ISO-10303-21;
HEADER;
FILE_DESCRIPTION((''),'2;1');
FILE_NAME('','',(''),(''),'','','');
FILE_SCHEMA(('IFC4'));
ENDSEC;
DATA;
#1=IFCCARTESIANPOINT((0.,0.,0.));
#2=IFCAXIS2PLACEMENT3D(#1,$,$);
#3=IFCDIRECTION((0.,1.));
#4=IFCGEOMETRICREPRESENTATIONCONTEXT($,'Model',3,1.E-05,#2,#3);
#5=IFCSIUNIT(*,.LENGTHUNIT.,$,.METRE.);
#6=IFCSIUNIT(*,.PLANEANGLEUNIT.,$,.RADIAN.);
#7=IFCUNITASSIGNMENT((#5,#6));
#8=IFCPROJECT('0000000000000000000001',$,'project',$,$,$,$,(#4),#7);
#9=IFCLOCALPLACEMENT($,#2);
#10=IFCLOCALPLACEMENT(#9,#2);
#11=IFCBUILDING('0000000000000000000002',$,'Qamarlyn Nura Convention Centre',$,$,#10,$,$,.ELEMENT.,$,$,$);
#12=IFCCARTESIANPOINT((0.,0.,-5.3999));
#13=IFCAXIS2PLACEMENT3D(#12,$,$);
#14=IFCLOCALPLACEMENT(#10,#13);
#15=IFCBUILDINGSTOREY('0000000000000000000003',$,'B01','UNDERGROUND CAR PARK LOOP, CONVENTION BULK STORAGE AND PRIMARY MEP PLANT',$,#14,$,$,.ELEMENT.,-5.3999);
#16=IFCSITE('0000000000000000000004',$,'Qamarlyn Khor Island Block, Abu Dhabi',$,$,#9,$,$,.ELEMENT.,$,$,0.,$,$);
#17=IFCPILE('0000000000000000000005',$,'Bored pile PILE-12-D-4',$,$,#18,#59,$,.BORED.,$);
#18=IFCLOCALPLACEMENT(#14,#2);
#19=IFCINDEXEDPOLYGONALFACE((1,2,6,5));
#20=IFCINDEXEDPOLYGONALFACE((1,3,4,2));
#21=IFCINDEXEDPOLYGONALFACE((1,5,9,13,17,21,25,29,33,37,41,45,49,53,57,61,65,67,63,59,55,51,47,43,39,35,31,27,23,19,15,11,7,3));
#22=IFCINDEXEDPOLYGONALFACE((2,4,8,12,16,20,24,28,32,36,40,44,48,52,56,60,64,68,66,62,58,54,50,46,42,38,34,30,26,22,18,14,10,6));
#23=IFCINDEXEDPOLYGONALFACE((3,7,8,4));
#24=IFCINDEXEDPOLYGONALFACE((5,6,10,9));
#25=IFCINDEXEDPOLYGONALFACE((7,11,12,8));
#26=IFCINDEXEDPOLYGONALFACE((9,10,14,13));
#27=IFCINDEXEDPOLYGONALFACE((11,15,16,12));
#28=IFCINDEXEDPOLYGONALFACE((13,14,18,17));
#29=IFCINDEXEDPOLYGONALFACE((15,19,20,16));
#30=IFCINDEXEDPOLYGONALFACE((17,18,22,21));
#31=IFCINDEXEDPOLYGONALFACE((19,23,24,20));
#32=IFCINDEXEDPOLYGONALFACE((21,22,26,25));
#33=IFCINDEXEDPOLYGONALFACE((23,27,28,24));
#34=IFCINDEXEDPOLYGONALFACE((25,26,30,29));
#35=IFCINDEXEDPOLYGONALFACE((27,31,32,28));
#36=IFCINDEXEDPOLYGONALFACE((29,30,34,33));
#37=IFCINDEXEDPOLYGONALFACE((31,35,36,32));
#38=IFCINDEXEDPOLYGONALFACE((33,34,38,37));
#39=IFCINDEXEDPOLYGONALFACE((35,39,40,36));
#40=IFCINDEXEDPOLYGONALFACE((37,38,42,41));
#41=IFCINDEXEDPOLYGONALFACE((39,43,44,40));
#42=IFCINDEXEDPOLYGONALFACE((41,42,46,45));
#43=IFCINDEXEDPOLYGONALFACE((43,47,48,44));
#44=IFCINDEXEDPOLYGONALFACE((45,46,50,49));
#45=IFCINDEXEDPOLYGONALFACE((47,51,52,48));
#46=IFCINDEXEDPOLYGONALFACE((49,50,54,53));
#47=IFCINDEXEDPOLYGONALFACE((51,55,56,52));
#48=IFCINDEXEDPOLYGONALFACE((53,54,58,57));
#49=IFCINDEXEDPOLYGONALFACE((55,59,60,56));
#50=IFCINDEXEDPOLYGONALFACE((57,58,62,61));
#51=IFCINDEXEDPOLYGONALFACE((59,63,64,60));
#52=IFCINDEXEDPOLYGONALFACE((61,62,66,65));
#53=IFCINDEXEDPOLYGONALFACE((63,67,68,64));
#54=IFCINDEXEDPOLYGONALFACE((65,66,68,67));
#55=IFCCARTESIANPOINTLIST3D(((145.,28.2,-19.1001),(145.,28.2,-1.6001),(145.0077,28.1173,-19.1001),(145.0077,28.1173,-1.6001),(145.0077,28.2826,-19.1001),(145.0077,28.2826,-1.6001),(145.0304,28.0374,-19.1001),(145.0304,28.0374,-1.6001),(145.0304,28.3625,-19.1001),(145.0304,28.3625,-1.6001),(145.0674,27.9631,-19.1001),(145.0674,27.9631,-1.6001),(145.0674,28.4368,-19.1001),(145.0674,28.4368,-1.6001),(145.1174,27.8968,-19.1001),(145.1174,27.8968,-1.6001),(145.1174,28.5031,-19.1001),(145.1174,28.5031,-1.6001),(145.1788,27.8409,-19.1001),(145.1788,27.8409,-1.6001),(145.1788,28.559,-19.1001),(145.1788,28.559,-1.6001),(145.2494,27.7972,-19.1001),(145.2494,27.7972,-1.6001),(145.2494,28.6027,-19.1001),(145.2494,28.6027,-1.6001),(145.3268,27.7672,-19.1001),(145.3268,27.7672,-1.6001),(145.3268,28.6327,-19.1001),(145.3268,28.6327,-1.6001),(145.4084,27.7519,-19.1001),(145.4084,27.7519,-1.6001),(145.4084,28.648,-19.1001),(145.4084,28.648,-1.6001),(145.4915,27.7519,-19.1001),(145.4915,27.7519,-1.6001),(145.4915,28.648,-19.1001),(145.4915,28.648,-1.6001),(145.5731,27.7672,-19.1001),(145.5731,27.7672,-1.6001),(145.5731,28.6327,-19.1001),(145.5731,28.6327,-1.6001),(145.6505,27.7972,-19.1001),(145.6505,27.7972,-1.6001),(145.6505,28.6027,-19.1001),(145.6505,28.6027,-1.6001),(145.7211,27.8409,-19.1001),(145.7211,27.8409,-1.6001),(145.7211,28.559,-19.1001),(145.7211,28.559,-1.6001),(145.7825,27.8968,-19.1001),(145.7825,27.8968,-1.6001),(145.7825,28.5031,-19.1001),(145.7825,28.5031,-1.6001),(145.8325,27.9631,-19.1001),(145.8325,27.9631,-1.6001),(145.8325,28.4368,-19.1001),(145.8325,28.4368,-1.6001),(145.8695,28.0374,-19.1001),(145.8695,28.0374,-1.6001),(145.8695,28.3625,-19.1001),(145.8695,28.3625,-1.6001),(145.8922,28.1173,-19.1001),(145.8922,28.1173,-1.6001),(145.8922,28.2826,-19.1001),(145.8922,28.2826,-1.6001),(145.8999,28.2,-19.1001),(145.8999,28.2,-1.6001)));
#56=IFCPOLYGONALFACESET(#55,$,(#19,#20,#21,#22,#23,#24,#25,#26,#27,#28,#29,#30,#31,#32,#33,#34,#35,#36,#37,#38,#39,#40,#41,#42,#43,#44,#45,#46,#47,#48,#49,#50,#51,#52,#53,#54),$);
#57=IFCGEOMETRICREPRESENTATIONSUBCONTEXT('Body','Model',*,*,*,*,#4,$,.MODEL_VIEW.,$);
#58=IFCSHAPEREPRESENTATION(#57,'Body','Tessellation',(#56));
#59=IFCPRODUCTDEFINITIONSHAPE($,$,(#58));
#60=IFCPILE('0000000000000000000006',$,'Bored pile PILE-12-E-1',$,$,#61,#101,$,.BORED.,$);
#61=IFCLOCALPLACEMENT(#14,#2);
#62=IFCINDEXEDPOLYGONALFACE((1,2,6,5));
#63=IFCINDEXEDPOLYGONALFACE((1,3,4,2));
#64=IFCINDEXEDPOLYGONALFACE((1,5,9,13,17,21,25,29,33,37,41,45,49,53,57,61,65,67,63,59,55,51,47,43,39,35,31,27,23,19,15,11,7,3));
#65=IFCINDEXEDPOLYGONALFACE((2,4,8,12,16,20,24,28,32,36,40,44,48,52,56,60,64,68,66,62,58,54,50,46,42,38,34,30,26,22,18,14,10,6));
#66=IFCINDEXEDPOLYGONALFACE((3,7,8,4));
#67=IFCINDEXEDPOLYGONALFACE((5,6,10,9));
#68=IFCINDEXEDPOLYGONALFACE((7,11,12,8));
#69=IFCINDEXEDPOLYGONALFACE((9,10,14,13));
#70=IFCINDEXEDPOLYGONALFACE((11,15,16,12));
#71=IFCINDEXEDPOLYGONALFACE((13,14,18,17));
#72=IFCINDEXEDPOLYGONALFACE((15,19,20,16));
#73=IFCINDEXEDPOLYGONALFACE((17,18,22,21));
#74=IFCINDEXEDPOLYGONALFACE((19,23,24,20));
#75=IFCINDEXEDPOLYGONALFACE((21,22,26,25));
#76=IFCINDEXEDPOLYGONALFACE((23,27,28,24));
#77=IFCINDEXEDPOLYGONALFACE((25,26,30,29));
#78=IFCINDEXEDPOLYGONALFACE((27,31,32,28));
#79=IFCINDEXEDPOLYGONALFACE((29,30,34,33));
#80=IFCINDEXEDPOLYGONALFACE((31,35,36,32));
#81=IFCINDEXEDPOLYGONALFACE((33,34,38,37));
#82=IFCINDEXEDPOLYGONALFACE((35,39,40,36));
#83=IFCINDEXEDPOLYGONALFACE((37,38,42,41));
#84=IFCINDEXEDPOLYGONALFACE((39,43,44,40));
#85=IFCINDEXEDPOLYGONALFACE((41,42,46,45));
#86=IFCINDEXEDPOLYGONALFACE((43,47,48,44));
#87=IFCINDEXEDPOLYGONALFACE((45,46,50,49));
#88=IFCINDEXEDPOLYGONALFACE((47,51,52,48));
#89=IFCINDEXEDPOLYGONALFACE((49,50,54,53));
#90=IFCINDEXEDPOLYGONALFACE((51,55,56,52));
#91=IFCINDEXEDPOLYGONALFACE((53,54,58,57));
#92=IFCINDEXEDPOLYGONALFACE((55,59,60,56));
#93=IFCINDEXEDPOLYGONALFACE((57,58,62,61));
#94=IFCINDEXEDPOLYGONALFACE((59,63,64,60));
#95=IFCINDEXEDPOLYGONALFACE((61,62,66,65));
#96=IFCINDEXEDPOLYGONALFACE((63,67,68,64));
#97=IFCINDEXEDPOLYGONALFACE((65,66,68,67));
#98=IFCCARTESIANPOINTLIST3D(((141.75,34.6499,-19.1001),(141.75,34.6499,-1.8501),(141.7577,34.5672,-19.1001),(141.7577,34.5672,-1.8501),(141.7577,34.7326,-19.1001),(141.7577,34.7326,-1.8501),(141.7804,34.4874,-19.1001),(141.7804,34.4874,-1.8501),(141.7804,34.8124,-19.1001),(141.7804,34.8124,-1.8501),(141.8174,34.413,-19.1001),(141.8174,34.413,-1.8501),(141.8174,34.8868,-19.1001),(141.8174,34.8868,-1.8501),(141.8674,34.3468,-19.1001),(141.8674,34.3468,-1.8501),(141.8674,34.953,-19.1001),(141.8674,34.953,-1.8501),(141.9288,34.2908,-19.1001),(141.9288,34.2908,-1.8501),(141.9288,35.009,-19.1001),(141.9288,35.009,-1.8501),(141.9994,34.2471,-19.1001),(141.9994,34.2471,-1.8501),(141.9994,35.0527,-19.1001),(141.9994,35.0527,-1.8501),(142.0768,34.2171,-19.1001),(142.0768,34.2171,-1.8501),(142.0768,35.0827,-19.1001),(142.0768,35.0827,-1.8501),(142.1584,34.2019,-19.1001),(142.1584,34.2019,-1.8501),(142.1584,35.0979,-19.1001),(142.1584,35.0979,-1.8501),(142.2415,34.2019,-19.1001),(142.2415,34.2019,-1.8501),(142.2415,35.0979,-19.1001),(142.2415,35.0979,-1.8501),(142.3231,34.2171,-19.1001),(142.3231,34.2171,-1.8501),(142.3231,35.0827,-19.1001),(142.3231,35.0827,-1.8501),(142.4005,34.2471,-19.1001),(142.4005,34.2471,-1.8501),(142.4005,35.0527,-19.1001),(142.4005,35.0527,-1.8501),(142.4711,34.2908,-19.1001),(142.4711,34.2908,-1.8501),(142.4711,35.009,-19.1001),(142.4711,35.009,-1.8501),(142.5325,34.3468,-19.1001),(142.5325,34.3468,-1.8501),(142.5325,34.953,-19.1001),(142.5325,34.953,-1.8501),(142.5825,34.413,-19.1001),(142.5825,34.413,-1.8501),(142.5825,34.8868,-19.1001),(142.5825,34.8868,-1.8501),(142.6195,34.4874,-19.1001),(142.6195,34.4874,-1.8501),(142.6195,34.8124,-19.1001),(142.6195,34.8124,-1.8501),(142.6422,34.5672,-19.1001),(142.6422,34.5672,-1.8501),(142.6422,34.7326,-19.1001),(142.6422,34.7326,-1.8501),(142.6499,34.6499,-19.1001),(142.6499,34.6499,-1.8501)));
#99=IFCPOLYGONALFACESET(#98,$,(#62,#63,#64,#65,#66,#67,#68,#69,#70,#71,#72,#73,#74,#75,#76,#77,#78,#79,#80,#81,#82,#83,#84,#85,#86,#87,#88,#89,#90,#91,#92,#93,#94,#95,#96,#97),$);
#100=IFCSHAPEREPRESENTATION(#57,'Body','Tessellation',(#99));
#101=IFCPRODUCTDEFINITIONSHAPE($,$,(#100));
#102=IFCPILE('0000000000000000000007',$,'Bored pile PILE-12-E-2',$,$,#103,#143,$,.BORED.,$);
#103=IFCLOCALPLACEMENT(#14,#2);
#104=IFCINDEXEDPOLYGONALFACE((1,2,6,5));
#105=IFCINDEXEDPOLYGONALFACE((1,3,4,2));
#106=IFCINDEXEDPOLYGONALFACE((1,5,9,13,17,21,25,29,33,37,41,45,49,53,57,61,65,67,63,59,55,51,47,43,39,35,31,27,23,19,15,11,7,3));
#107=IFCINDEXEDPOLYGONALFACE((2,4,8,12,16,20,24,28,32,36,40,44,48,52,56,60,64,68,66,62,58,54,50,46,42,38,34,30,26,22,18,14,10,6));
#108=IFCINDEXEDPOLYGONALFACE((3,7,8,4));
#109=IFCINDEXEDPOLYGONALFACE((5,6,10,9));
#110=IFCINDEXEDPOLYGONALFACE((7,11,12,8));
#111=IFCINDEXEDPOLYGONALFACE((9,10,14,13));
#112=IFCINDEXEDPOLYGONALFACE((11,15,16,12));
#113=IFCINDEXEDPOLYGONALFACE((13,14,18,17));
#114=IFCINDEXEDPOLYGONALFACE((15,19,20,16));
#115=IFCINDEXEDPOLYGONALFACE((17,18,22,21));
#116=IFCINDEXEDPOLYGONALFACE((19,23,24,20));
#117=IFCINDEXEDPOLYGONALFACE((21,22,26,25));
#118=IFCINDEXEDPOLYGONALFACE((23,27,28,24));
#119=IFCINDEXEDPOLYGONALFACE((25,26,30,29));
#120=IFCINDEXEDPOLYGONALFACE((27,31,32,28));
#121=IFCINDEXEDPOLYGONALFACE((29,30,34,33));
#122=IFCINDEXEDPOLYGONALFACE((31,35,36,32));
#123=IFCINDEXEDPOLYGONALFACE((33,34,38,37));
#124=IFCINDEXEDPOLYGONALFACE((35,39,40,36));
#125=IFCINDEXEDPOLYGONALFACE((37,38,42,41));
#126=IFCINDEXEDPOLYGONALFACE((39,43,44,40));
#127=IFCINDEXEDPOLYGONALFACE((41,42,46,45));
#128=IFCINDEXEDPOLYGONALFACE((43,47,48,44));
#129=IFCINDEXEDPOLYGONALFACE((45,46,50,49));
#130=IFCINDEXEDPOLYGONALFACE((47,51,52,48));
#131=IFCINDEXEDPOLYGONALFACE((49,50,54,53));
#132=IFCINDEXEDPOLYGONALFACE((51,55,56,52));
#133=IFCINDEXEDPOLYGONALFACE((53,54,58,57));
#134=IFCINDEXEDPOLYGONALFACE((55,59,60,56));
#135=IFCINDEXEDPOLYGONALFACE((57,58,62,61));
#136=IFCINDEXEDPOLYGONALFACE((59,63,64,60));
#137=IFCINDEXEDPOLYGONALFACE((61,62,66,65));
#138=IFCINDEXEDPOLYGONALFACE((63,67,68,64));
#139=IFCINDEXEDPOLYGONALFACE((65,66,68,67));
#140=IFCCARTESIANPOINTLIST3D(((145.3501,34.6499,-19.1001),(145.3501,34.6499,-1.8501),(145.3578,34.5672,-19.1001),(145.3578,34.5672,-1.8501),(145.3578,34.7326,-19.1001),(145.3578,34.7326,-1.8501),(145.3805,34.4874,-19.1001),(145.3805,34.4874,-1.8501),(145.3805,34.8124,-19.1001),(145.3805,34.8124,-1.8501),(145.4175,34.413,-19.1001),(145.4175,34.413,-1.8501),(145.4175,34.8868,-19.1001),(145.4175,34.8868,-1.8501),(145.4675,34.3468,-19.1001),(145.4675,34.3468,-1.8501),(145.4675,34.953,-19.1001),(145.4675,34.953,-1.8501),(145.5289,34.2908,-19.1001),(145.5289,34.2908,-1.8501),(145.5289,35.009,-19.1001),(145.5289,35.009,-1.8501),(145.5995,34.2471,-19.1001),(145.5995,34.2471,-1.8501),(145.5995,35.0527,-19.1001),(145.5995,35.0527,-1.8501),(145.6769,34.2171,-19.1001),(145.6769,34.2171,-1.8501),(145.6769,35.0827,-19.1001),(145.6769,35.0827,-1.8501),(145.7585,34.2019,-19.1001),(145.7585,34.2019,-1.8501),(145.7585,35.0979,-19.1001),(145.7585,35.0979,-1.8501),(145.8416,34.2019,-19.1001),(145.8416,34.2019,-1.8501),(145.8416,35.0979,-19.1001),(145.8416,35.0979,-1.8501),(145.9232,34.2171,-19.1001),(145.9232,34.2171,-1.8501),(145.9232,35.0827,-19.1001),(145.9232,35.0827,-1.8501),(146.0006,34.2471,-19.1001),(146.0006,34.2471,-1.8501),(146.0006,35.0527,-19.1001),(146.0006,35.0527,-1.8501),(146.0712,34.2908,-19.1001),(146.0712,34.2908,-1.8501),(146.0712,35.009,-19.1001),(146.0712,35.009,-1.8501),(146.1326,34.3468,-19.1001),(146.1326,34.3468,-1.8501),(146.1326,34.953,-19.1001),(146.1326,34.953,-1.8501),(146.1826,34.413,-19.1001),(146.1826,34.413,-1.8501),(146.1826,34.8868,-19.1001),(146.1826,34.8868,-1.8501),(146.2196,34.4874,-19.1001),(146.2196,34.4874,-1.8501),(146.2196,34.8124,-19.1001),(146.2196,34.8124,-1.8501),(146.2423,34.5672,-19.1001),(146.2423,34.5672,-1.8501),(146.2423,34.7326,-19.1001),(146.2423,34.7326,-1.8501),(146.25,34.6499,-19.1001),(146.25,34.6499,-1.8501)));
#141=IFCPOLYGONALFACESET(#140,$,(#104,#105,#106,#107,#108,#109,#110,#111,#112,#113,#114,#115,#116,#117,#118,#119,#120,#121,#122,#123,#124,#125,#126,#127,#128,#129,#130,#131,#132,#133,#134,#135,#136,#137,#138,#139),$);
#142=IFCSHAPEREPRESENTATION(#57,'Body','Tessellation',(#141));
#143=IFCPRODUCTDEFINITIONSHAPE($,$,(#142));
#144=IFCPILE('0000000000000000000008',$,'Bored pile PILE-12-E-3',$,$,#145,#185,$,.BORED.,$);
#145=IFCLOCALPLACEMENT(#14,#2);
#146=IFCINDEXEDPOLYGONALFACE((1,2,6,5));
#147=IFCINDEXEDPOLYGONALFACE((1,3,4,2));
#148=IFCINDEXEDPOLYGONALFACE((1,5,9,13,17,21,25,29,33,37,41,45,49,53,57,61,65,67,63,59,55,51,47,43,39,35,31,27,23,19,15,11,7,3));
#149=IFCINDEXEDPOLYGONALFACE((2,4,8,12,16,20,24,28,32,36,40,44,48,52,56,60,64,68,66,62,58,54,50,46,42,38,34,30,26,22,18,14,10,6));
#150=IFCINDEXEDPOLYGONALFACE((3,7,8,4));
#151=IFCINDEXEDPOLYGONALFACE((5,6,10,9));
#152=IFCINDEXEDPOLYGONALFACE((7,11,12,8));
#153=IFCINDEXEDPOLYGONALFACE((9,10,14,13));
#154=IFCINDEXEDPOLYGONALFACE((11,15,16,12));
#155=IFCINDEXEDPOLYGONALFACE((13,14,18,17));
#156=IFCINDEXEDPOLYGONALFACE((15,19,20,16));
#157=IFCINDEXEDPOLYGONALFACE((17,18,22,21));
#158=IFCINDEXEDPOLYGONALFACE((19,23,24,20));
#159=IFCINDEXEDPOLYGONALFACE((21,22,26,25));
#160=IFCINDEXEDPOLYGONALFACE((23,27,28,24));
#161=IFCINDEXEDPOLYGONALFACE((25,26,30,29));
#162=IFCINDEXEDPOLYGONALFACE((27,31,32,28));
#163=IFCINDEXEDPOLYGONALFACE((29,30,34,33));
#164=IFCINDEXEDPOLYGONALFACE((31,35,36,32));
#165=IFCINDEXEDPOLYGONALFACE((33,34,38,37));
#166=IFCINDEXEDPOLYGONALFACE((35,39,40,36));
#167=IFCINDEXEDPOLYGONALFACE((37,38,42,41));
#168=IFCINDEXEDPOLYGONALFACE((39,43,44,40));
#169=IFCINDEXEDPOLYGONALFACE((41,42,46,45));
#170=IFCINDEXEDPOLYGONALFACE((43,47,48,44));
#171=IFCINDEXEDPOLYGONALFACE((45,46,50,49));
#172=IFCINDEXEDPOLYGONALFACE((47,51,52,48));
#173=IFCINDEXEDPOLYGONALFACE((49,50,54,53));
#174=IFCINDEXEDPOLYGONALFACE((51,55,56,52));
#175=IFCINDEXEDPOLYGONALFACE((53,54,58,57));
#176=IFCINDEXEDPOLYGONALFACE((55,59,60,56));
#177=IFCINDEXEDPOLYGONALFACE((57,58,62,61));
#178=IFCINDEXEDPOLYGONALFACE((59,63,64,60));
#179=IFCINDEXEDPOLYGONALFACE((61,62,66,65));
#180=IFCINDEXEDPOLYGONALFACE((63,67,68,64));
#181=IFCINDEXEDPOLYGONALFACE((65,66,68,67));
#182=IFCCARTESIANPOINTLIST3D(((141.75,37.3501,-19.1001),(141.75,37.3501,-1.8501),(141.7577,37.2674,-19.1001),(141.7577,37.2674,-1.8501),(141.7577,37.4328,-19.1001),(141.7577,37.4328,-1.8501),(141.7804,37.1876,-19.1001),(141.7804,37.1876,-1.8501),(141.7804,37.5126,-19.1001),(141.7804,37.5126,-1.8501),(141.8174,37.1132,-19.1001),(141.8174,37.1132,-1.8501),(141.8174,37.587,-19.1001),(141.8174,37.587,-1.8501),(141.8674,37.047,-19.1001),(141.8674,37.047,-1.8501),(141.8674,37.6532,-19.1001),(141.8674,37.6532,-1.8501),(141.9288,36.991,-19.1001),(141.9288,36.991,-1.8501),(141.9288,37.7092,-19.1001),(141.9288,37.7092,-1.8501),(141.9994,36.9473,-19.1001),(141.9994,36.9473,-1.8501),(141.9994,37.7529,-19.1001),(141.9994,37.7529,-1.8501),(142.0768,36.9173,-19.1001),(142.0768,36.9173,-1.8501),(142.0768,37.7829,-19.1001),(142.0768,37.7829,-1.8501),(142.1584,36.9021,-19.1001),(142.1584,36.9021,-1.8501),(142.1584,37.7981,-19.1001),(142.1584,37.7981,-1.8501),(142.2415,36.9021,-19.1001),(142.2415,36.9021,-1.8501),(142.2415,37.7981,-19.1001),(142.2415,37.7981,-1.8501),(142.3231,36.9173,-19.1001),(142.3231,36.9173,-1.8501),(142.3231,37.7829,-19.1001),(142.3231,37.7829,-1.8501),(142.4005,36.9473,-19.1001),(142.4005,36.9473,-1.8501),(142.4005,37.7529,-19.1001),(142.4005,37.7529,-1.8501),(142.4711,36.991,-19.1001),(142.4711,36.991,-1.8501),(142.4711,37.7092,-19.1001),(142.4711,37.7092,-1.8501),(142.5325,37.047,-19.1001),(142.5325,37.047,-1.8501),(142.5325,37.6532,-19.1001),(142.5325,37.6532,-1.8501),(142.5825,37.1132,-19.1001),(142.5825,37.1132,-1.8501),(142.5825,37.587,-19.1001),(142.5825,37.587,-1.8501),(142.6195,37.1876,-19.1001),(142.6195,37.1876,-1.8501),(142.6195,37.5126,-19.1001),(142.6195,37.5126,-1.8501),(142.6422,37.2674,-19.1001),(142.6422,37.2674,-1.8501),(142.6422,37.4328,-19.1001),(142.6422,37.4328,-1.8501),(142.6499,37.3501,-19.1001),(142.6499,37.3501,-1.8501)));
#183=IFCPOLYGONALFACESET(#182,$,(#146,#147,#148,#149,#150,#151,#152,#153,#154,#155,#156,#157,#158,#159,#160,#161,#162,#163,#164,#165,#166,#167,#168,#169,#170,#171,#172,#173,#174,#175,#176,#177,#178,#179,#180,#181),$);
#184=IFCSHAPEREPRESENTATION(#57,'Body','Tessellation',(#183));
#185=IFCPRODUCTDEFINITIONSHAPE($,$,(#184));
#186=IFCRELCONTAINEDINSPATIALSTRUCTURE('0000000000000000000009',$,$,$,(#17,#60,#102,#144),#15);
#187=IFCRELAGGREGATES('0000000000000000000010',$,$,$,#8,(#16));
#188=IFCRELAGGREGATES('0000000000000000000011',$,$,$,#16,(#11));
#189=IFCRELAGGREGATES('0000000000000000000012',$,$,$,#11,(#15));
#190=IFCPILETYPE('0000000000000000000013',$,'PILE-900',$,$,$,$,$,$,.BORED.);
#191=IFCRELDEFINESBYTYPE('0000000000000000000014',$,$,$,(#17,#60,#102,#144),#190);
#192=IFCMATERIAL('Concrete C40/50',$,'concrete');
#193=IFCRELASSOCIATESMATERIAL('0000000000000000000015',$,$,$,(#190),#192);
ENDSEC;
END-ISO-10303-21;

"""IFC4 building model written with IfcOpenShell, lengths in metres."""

from ifc_helpers import new_model, si_unit, direction, frame, origin, origin_2d, place, context, subcontext, project, spatial, circle, extrude, material, material_profile, profile_set, type_object, element, save


model = new_model("IFC4")

# Units and contexts
model_context = context("Model", 3, precision=1e-05, world=origin(), true_north=direction((0.0, 1.0)))
body_context = subcontext(model_context, "Body", "Model", "MODEL_VIEW")
ifc_project = project(units=[si_unit("LENGTHUNIT", "METRE"), si_unit("PLANEANGLEUNIT", "RADIAN")], contexts=[model_context])

# Site, building, storey
site_placement = place(None, origin())
site = spatial("IfcSite", under=ifc_project, at=site_placement, Name="Qamarlyn Khor Island Block, Abu Dhabi", CompositionType="ELEMENT", RefElevation=0.0)
building_placement = place(site_placement, origin())
building = spatial("IfcBuilding", under=site, at=building_placement, Name="Qamarlyn Nura Convention Centre", CompositionType="ELEMENT")
storey_placement = place(building_placement, frame((0.0, 0.0, -5.3999)))
storey = spatial("IfcBuildingStorey", under=building, at=storey_placement, Name="B01", Description="UNDERGROUND CAR PARK LOOP, CONVENTION BULK STORAGE AND PRIMARY MEP PLANT", CompositionType="ELEMENT", Elevation=-5.3999)

# Shared definitions
ifc_material_1 = material(Name="Concrete C40/50", Category="concrete")

# Piles
ifc_material_profile_1 = material_profile(ifc_material_1, circle(Radius=0.45, at=origin_2d()), Name="BORED PILE 900")
ifc_profile_set_1 = profile_set([ifc_material_profile_1], Name="Concrete C40/50")
pile_type = type_object("IfcPileType", Name="PILE-900", PredefinedType="BORED", material=ifc_profile_set_1)
for number, where, z_axis, x_axis, name in (
    (1, (145.45, 28.2, -1.6001), (0.0, 0.0, -1.0), (1.0, 0.0, 0.0), "Bored pile PILE-12-D-4"),
):
    element("IfcPile", number, at=place(storey_placement, frame(where, z_axis=z_axis, x_axis=x_axis)), inside=storey, type_object=pile_type, Name=name, PredefinedType="BORED", context=body_context, shape_type="SweptSolid", body=[
        extrude(circle(Radius=0.45, at=origin_2d()), origin(), (0.0, 0.0, 1.0), 17.5),
    ])
for number, where, z_axis, x_axis, name in (
    (2, (142.2, 34.6499, -1.8501), (0.0, 0.0, -1.0), (1.0, 0.0, 0.0), "Bored pile PILE-12-E-1"),
    (3, (145.8, 34.6499, -1.8501), (0.0, 0.0, -1.0), (1.0, 0.0, 0.0), "Bored pile PILE-12-E-2"),
    (4, (142.2, 37.3501, -1.8501), (0.0, 0.0, -1.0), (1.0, 0.0, 0.0), "Bored pile PILE-12-E-3"),
):
    element("IfcPile", number, at=place(storey_placement, frame(where, z_axis=z_axis, x_axis=x_axis)), inside=storey, type_object=pile_type, Name=name, PredefinedType="BORED", context=body_context, shape_type="SweptSolid", body=[
        extrude(circle(Radius=0.45, at=origin_2d()), origin(), (0.0, 0.0, 1.0), 17.25),
    ])

save(model, "model.ifc")
